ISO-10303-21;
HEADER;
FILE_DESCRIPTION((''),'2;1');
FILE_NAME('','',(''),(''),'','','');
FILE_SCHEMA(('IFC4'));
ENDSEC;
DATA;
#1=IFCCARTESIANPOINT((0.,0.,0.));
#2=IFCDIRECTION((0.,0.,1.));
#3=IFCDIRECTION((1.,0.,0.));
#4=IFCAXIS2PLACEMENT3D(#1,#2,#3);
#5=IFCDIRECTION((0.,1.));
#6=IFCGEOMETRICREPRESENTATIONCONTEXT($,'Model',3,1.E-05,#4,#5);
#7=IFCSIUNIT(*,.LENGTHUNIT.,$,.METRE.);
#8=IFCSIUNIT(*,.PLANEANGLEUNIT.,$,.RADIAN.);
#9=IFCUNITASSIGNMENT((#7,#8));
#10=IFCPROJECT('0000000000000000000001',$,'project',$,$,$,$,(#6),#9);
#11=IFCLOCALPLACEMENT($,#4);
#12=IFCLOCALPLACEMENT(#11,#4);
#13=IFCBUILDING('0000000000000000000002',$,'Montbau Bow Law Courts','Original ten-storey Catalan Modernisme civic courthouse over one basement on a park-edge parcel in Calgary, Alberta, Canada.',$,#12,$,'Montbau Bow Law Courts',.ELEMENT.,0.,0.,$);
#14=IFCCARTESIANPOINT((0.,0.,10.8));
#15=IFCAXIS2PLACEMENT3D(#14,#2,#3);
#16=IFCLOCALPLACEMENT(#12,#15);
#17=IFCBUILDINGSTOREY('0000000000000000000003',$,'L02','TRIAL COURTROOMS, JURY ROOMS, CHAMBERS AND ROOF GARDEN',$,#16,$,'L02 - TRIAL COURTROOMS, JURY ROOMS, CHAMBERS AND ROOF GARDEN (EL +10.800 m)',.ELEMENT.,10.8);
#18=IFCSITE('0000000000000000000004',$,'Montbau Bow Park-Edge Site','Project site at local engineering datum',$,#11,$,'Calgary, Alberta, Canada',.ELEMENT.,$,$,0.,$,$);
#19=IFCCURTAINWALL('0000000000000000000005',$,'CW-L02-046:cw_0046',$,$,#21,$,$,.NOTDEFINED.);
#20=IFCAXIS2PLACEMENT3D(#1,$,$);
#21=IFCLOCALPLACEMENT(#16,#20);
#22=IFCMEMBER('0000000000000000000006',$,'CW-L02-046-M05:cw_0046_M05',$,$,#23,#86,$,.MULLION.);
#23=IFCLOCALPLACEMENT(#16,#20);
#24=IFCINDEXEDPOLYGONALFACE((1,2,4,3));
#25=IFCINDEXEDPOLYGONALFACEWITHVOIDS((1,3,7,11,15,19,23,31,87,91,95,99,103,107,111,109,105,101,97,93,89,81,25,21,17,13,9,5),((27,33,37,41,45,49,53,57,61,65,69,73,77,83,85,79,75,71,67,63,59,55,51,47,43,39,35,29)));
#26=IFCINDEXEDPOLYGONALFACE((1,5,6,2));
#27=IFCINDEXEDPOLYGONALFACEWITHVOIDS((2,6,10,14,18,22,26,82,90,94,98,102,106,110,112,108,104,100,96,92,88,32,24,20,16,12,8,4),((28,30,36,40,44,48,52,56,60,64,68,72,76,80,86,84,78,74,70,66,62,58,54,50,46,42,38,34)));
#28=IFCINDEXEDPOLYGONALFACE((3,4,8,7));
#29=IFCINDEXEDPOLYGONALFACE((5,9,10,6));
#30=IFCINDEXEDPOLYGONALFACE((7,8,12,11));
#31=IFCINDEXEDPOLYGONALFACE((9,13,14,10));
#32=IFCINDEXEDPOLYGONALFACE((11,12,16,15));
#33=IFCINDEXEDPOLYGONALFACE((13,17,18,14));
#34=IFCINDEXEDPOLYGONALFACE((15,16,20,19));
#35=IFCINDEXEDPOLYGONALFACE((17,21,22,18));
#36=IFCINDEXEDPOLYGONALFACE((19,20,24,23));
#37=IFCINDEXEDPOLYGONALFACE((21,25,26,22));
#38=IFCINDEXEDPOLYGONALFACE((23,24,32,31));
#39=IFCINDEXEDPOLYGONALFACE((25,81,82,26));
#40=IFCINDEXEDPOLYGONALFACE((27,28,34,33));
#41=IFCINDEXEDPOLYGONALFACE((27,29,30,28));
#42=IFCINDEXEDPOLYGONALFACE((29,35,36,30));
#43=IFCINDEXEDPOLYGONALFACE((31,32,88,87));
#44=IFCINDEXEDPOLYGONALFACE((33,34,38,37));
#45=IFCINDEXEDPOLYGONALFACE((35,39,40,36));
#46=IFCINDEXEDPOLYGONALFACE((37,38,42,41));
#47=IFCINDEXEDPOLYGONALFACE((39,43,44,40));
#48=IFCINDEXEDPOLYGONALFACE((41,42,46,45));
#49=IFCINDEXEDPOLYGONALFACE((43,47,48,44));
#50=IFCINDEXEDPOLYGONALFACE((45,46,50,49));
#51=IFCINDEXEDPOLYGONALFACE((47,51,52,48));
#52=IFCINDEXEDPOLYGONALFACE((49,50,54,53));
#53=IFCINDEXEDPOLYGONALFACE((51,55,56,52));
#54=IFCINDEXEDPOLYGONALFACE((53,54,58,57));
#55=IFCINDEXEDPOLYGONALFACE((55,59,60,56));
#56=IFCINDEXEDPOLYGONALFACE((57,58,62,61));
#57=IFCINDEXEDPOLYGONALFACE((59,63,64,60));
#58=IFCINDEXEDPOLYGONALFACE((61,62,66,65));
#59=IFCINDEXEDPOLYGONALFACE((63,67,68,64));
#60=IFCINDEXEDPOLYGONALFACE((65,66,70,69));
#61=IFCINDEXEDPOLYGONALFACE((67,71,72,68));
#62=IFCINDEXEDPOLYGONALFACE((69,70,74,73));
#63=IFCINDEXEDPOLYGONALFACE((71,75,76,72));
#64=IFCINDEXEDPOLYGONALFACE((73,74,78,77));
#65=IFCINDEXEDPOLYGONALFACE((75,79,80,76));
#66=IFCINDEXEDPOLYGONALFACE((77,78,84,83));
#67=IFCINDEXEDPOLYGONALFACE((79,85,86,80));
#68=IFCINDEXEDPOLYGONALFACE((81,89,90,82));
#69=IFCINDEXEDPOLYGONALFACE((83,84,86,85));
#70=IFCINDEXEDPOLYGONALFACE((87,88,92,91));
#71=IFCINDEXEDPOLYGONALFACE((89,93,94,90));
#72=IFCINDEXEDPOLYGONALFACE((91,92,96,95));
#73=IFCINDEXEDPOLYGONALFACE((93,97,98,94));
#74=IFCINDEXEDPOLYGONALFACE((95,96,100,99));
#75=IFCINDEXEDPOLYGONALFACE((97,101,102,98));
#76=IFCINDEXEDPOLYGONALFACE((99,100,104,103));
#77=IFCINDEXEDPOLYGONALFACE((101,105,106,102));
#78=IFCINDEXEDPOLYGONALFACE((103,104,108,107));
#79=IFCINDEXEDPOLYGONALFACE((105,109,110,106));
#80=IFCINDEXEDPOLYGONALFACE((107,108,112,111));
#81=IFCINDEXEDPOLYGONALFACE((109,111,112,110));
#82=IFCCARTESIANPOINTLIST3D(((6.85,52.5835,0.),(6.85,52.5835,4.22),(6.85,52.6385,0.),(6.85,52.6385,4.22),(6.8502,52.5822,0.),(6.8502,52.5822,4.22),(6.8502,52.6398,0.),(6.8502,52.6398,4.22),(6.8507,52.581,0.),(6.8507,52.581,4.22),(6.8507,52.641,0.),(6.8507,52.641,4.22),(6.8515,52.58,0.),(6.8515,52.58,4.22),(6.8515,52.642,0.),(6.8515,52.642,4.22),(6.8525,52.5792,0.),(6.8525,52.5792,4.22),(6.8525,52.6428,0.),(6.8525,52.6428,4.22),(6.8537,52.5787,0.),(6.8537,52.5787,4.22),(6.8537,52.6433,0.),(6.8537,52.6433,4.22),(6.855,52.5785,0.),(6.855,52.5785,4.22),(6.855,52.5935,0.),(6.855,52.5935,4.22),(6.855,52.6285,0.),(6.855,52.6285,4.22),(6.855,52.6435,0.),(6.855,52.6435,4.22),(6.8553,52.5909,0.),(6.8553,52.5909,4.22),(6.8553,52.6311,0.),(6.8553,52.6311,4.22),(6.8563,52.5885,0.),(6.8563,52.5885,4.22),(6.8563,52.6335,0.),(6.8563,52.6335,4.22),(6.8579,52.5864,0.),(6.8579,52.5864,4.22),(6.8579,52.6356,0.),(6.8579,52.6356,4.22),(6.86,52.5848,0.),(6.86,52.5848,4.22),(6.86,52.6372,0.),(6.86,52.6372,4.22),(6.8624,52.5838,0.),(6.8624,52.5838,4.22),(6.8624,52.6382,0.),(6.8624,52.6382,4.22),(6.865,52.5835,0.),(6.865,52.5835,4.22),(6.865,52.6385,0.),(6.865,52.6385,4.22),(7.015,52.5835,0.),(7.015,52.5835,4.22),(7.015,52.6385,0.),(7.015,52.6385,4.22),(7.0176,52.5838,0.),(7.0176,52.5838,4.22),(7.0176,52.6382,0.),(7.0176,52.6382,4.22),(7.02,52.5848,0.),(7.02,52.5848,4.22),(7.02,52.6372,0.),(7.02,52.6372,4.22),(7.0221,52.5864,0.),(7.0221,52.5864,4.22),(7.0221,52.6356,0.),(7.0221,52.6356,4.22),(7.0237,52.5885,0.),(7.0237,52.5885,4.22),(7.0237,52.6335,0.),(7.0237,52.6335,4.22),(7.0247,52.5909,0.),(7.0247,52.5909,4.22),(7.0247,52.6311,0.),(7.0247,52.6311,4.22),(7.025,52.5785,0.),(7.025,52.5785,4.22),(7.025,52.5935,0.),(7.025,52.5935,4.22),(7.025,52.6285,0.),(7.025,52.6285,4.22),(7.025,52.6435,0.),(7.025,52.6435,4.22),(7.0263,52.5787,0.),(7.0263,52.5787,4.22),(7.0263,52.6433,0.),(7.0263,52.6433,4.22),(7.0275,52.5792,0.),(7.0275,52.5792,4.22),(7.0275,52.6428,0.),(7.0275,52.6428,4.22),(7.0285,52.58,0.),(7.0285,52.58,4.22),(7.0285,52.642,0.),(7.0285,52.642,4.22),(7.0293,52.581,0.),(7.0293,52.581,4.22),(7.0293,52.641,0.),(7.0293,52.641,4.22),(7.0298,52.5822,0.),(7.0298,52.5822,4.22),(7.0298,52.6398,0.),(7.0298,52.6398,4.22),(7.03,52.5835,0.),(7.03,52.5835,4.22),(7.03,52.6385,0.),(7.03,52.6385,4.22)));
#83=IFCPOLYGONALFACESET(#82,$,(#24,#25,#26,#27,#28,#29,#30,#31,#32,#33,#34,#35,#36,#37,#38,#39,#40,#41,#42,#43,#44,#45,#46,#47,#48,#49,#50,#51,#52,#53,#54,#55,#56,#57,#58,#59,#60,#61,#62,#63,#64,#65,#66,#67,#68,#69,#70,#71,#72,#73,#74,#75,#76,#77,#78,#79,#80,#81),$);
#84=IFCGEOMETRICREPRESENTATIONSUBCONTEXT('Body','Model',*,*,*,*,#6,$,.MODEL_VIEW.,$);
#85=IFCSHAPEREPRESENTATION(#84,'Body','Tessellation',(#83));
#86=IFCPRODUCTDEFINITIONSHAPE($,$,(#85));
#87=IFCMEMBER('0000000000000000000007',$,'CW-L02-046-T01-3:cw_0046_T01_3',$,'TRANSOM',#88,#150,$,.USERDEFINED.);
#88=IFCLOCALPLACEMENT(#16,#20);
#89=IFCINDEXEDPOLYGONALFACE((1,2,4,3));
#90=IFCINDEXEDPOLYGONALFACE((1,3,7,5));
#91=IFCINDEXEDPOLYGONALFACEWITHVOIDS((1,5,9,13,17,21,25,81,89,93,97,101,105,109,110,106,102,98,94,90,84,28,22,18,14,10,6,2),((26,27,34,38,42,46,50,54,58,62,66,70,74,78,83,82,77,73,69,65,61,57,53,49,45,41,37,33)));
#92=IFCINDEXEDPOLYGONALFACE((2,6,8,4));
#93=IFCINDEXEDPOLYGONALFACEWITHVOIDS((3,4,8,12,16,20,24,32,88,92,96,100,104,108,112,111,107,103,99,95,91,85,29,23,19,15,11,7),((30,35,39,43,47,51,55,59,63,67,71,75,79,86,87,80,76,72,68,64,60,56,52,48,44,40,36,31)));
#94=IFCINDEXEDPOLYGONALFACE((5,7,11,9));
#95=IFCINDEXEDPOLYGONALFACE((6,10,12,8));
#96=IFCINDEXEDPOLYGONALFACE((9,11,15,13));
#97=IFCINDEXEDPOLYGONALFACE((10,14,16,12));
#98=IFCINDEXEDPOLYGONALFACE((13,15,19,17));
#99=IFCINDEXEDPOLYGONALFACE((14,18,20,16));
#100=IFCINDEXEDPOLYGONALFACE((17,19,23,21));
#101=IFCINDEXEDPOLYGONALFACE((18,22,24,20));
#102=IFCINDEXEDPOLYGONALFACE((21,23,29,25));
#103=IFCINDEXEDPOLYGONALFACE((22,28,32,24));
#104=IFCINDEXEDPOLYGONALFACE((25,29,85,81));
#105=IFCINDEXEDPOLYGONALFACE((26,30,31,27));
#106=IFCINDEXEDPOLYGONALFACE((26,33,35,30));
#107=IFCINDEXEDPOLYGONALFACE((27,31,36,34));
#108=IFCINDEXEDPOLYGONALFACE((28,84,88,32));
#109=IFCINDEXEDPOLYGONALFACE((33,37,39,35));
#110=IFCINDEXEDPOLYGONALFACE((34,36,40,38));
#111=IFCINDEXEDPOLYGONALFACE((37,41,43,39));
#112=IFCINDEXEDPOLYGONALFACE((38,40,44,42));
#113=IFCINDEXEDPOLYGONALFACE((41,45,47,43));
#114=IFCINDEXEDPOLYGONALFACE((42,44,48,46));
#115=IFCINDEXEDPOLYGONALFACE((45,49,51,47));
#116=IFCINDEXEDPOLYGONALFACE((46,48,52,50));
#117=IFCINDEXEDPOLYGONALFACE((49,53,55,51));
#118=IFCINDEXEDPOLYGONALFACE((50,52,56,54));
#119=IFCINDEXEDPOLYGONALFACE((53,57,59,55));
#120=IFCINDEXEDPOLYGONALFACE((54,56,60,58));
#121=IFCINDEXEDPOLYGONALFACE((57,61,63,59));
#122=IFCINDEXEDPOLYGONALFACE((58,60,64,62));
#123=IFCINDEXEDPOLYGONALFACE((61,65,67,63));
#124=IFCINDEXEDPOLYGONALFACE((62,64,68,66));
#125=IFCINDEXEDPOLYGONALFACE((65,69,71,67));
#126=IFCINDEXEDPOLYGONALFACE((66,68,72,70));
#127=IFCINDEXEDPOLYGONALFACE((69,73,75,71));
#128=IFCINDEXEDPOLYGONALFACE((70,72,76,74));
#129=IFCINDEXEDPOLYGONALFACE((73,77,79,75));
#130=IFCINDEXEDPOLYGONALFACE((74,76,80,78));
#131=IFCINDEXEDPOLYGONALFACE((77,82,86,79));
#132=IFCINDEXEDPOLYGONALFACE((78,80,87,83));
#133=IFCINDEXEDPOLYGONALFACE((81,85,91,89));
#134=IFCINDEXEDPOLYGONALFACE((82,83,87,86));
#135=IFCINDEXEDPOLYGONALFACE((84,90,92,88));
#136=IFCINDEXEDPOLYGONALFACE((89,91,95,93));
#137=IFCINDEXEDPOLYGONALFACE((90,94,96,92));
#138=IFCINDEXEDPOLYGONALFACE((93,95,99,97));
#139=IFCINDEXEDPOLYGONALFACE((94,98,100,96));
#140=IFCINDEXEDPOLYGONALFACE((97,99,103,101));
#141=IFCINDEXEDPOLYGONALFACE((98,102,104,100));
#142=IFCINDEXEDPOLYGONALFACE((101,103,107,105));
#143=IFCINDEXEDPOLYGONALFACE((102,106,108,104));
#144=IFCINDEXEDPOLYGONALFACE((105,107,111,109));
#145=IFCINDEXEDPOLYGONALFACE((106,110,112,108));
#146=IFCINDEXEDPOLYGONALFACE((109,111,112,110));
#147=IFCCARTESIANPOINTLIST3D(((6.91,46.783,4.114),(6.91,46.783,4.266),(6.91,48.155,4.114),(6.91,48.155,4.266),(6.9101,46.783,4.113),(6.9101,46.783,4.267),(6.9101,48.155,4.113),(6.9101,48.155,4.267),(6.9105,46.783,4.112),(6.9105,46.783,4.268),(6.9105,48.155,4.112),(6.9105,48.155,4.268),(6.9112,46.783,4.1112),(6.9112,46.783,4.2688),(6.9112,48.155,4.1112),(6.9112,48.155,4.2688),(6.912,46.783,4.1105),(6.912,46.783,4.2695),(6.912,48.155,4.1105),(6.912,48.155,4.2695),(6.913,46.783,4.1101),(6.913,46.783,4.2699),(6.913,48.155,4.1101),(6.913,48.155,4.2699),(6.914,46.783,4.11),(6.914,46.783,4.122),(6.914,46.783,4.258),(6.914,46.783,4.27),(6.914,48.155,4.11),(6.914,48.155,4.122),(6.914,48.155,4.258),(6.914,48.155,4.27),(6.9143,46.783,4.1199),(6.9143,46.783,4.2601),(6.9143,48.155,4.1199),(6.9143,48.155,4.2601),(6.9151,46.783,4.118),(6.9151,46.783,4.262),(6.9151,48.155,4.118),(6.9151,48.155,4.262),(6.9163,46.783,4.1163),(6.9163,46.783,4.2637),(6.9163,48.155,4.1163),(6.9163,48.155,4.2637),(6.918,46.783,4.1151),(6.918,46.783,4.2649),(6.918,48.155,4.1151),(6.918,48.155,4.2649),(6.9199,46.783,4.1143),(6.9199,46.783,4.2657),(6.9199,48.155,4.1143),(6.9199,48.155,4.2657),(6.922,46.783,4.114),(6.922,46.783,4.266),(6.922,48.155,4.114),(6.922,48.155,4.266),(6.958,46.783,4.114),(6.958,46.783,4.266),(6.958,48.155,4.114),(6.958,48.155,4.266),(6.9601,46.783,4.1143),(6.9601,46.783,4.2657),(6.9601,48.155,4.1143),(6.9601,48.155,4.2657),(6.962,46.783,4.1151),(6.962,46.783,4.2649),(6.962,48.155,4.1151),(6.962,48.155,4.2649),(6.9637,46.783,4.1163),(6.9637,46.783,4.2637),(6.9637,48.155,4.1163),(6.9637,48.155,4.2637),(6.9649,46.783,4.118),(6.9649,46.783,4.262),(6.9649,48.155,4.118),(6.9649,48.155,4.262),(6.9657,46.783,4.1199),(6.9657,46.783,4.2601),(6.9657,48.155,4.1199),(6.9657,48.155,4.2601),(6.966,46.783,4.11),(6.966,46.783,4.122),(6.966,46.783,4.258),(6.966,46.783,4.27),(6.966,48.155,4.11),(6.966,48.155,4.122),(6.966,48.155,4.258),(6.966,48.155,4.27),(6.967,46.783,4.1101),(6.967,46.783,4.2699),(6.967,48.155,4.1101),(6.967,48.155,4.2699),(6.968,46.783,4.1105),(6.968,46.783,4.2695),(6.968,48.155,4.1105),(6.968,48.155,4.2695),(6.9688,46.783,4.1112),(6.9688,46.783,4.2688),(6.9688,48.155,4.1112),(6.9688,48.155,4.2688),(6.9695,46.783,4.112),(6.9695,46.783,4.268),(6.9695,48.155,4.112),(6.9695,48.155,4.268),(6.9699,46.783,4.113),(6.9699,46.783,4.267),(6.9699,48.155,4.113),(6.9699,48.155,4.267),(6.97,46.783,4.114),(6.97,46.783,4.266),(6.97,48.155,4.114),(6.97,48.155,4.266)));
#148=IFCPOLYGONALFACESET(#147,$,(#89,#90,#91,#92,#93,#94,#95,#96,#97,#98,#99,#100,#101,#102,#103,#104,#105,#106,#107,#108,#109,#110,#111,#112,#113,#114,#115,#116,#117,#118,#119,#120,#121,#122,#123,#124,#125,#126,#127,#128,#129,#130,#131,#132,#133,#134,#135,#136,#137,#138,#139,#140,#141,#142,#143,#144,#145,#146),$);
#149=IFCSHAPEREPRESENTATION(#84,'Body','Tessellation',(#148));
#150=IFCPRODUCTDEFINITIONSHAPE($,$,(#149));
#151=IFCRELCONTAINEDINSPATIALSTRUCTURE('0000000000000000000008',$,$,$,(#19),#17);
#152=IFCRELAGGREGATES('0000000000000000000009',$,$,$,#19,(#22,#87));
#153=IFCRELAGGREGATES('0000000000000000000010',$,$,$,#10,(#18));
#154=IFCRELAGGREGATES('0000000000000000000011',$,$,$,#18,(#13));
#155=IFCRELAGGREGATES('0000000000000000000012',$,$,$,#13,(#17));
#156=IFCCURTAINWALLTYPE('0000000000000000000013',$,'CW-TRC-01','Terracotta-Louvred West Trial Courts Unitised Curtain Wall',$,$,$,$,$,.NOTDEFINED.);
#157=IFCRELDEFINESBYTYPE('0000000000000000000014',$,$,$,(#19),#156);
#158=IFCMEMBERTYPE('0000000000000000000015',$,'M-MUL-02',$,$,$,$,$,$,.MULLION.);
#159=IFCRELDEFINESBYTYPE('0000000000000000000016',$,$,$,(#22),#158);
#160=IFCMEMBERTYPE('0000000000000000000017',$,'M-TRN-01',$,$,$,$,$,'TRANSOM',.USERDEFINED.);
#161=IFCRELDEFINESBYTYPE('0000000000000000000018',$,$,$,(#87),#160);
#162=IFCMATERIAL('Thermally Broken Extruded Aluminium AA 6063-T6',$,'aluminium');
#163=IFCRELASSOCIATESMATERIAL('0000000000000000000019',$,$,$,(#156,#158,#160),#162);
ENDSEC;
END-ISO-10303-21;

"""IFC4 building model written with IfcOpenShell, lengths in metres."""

from ifc_helpers import new_model, si_unit, direction, frame, origin_with_axes, origin_2d_with_axis, place, context, subcontext, project, spatial, hollow_rectangle, extrude, material, material_profile, profile_set, type_object, element, aggregate, save


model = new_model("IFC4")

# Units and contexts
model_context = context("Model", 3, precision=1e-05, world=origin_with_axes(), true_north=direction((0.0, 1.0)))
body_context = subcontext(model_context, "Body", "Model", "MODEL_VIEW")
ifc_project = project(units=[si_unit("LENGTHUNIT", "METRE"), si_unit("PLANEANGLEUNIT", "RADIAN")], contexts=[model_context])

# Site, building, storey
site_placement = place(None, origin_with_axes())
site = spatial("IfcSite", under=ifc_project, at=site_placement, Name="Montbau Bow Park-Edge Site", Description="Project site at local engineering datum", LongName="Calgary, Alberta, Canada", CompositionType="ELEMENT", RefElevation=0.0)
building_placement = place(site_placement, origin_with_axes())
building = spatial("IfcBuilding", under=site, at=building_placement, Name="Montbau Bow Law Courts", Description="Original ten-storey Catalan Modernisme civic courthouse over one basement on a park-edge parcel in Calgary, Alberta, Canada.", LongName="Montbau Bow Law Courts", CompositionType="ELEMENT", ElevationOfRefHeight=0.0, ElevationOfTerrain=0.0)
storey_placement = place(building_placement, frame((0.0, 0.0, 10.8), z_axis=(0.0, 0.0, 1.0), x_axis=(1.0, 0.0, 0.0)))
storey = spatial("IfcBuildingStorey", under=building, at=storey_placement, Name="L02", Description="TRIAL COURTROOMS, JURY ROOMS, CHAMBERS AND ROOF GARDEN", LongName="L02 - TRIAL COURTROOMS, JURY ROOMS, CHAMBERS AND ROOF GARDEN (EL +10.800 m)", CompositionType="ELEMENT", Elevation=10.8)

# Curtain wall, members
ifc_material_1 = material(Name="Thermally Broken Extruded Aluminium AA 6063-T6", Category="aluminium")
curtain_wall_type = type_object("IfcCurtainWallType", Name="CW-TRC-01", Description="Terracotta-Louvred West Trial Courts Unitised Curtain Wall", PredefinedType="NOTDEFINED", material=ifc_material_1)
curtain_wall_placement = place(None, frame((6.94, 46.715, 10.8), z_axis=(0.0, 0.0, 1.0), x_axis=(1.0, 0.0, 0.0)))
curtain_wall = element("IfcCurtainWall", 1, at=curtain_wall_placement, inside=storey, type_object=curtain_wall_type, Name="CW-L02-046:cw_0046", PredefinedType="NOTDEFINED")
ifc_material_profile_1 = material_profile(ifc_material_1, hollow_rectangle(XDim=0.065, YDim=0.18, WallThickness=0.005, InnerFilletRadius=0.01, OuterFilletRadius=0.005, at=origin_2d_with_axis()), Name="CWM-180X65", Category="Main", Priority=0)
ifc_profile_set_1 = profile_set([ifc_material_profile_1], Name="Thermally Broken Extruded Aluminium AA 6063-T6")
member_type_1 = type_object("IfcMemberType", Name="M-MUL-02", PredefinedType="MULLION", material=ifc_profile_set_1)
member_1_placement = place(None, frame((6.94, 52.611, 10.8), z_axis=(0.0, 0.0, 1.0), x_axis=(0.0, 1.0, 0.0)))
member_1 = element("IfcMember", 2, at=member_1_placement, type_object=member_type_1, Name="CW-L02-046-M05:cw_0046_M05", PredefinedType="MULLION", context=body_context, shape_type="SweptSolid", body=[
    extrude(hollow_rectangle(XDim=0.065, YDim=0.18, WallThickness=0.005, InnerFilletRadius=0.01, OuterFilletRadius=0.005, at=origin_2d_with_axis()), origin_with_axes(), (0.0, 0.0, 1.0), 4.22),
])
ifc_material_profile_2 = material_profile(ifc_material_1, hollow_rectangle(XDim=0.06, YDim=0.16, WallThickness=0.004, InnerFilletRadius=0.008, OuterFilletRadius=0.004, at=origin_2d_with_axis()), Name="CWT-160X60", Category="Main", Priority=0)
ifc_profile_set_2 = profile_set([ifc_material_profile_2], Name="Thermally Broken Extruded Aluminium AA 6063-T6")
member_type_2 = type_object("IfcMemberType", Name="M-TRN-01", ElementType="TRANSOM", PredefinedType="USERDEFINED", material=ifc_profile_set_2)
member_2_placement = place(None, frame((6.94, 46.783, 14.99), z_axis=(0.0, 1.0, 0.0), x_axis=(-1.0, 0.0, 0.0)))
member_2 = element("IfcMember", 3, at=member_2_placement, type_object=member_type_2, Name="CW-L02-046-T01-3:cw_0046_T01_3", ObjectType="TRANSOM", PredefinedType="USERDEFINED", context=body_context, shape_type="SweptSolid", body=[
    extrude(hollow_rectangle(XDim=0.06, YDim=0.16, WallThickness=0.004, InnerFilletRadius=0.008, OuterFilletRadius=0.004, at=origin_2d_with_axis()), origin_with_axes(), (0.0, 0.0, 1.0), 1.372),
])
aggregate(curtain_wall, [member_1, member_2])

save(model, "model.ifc")
